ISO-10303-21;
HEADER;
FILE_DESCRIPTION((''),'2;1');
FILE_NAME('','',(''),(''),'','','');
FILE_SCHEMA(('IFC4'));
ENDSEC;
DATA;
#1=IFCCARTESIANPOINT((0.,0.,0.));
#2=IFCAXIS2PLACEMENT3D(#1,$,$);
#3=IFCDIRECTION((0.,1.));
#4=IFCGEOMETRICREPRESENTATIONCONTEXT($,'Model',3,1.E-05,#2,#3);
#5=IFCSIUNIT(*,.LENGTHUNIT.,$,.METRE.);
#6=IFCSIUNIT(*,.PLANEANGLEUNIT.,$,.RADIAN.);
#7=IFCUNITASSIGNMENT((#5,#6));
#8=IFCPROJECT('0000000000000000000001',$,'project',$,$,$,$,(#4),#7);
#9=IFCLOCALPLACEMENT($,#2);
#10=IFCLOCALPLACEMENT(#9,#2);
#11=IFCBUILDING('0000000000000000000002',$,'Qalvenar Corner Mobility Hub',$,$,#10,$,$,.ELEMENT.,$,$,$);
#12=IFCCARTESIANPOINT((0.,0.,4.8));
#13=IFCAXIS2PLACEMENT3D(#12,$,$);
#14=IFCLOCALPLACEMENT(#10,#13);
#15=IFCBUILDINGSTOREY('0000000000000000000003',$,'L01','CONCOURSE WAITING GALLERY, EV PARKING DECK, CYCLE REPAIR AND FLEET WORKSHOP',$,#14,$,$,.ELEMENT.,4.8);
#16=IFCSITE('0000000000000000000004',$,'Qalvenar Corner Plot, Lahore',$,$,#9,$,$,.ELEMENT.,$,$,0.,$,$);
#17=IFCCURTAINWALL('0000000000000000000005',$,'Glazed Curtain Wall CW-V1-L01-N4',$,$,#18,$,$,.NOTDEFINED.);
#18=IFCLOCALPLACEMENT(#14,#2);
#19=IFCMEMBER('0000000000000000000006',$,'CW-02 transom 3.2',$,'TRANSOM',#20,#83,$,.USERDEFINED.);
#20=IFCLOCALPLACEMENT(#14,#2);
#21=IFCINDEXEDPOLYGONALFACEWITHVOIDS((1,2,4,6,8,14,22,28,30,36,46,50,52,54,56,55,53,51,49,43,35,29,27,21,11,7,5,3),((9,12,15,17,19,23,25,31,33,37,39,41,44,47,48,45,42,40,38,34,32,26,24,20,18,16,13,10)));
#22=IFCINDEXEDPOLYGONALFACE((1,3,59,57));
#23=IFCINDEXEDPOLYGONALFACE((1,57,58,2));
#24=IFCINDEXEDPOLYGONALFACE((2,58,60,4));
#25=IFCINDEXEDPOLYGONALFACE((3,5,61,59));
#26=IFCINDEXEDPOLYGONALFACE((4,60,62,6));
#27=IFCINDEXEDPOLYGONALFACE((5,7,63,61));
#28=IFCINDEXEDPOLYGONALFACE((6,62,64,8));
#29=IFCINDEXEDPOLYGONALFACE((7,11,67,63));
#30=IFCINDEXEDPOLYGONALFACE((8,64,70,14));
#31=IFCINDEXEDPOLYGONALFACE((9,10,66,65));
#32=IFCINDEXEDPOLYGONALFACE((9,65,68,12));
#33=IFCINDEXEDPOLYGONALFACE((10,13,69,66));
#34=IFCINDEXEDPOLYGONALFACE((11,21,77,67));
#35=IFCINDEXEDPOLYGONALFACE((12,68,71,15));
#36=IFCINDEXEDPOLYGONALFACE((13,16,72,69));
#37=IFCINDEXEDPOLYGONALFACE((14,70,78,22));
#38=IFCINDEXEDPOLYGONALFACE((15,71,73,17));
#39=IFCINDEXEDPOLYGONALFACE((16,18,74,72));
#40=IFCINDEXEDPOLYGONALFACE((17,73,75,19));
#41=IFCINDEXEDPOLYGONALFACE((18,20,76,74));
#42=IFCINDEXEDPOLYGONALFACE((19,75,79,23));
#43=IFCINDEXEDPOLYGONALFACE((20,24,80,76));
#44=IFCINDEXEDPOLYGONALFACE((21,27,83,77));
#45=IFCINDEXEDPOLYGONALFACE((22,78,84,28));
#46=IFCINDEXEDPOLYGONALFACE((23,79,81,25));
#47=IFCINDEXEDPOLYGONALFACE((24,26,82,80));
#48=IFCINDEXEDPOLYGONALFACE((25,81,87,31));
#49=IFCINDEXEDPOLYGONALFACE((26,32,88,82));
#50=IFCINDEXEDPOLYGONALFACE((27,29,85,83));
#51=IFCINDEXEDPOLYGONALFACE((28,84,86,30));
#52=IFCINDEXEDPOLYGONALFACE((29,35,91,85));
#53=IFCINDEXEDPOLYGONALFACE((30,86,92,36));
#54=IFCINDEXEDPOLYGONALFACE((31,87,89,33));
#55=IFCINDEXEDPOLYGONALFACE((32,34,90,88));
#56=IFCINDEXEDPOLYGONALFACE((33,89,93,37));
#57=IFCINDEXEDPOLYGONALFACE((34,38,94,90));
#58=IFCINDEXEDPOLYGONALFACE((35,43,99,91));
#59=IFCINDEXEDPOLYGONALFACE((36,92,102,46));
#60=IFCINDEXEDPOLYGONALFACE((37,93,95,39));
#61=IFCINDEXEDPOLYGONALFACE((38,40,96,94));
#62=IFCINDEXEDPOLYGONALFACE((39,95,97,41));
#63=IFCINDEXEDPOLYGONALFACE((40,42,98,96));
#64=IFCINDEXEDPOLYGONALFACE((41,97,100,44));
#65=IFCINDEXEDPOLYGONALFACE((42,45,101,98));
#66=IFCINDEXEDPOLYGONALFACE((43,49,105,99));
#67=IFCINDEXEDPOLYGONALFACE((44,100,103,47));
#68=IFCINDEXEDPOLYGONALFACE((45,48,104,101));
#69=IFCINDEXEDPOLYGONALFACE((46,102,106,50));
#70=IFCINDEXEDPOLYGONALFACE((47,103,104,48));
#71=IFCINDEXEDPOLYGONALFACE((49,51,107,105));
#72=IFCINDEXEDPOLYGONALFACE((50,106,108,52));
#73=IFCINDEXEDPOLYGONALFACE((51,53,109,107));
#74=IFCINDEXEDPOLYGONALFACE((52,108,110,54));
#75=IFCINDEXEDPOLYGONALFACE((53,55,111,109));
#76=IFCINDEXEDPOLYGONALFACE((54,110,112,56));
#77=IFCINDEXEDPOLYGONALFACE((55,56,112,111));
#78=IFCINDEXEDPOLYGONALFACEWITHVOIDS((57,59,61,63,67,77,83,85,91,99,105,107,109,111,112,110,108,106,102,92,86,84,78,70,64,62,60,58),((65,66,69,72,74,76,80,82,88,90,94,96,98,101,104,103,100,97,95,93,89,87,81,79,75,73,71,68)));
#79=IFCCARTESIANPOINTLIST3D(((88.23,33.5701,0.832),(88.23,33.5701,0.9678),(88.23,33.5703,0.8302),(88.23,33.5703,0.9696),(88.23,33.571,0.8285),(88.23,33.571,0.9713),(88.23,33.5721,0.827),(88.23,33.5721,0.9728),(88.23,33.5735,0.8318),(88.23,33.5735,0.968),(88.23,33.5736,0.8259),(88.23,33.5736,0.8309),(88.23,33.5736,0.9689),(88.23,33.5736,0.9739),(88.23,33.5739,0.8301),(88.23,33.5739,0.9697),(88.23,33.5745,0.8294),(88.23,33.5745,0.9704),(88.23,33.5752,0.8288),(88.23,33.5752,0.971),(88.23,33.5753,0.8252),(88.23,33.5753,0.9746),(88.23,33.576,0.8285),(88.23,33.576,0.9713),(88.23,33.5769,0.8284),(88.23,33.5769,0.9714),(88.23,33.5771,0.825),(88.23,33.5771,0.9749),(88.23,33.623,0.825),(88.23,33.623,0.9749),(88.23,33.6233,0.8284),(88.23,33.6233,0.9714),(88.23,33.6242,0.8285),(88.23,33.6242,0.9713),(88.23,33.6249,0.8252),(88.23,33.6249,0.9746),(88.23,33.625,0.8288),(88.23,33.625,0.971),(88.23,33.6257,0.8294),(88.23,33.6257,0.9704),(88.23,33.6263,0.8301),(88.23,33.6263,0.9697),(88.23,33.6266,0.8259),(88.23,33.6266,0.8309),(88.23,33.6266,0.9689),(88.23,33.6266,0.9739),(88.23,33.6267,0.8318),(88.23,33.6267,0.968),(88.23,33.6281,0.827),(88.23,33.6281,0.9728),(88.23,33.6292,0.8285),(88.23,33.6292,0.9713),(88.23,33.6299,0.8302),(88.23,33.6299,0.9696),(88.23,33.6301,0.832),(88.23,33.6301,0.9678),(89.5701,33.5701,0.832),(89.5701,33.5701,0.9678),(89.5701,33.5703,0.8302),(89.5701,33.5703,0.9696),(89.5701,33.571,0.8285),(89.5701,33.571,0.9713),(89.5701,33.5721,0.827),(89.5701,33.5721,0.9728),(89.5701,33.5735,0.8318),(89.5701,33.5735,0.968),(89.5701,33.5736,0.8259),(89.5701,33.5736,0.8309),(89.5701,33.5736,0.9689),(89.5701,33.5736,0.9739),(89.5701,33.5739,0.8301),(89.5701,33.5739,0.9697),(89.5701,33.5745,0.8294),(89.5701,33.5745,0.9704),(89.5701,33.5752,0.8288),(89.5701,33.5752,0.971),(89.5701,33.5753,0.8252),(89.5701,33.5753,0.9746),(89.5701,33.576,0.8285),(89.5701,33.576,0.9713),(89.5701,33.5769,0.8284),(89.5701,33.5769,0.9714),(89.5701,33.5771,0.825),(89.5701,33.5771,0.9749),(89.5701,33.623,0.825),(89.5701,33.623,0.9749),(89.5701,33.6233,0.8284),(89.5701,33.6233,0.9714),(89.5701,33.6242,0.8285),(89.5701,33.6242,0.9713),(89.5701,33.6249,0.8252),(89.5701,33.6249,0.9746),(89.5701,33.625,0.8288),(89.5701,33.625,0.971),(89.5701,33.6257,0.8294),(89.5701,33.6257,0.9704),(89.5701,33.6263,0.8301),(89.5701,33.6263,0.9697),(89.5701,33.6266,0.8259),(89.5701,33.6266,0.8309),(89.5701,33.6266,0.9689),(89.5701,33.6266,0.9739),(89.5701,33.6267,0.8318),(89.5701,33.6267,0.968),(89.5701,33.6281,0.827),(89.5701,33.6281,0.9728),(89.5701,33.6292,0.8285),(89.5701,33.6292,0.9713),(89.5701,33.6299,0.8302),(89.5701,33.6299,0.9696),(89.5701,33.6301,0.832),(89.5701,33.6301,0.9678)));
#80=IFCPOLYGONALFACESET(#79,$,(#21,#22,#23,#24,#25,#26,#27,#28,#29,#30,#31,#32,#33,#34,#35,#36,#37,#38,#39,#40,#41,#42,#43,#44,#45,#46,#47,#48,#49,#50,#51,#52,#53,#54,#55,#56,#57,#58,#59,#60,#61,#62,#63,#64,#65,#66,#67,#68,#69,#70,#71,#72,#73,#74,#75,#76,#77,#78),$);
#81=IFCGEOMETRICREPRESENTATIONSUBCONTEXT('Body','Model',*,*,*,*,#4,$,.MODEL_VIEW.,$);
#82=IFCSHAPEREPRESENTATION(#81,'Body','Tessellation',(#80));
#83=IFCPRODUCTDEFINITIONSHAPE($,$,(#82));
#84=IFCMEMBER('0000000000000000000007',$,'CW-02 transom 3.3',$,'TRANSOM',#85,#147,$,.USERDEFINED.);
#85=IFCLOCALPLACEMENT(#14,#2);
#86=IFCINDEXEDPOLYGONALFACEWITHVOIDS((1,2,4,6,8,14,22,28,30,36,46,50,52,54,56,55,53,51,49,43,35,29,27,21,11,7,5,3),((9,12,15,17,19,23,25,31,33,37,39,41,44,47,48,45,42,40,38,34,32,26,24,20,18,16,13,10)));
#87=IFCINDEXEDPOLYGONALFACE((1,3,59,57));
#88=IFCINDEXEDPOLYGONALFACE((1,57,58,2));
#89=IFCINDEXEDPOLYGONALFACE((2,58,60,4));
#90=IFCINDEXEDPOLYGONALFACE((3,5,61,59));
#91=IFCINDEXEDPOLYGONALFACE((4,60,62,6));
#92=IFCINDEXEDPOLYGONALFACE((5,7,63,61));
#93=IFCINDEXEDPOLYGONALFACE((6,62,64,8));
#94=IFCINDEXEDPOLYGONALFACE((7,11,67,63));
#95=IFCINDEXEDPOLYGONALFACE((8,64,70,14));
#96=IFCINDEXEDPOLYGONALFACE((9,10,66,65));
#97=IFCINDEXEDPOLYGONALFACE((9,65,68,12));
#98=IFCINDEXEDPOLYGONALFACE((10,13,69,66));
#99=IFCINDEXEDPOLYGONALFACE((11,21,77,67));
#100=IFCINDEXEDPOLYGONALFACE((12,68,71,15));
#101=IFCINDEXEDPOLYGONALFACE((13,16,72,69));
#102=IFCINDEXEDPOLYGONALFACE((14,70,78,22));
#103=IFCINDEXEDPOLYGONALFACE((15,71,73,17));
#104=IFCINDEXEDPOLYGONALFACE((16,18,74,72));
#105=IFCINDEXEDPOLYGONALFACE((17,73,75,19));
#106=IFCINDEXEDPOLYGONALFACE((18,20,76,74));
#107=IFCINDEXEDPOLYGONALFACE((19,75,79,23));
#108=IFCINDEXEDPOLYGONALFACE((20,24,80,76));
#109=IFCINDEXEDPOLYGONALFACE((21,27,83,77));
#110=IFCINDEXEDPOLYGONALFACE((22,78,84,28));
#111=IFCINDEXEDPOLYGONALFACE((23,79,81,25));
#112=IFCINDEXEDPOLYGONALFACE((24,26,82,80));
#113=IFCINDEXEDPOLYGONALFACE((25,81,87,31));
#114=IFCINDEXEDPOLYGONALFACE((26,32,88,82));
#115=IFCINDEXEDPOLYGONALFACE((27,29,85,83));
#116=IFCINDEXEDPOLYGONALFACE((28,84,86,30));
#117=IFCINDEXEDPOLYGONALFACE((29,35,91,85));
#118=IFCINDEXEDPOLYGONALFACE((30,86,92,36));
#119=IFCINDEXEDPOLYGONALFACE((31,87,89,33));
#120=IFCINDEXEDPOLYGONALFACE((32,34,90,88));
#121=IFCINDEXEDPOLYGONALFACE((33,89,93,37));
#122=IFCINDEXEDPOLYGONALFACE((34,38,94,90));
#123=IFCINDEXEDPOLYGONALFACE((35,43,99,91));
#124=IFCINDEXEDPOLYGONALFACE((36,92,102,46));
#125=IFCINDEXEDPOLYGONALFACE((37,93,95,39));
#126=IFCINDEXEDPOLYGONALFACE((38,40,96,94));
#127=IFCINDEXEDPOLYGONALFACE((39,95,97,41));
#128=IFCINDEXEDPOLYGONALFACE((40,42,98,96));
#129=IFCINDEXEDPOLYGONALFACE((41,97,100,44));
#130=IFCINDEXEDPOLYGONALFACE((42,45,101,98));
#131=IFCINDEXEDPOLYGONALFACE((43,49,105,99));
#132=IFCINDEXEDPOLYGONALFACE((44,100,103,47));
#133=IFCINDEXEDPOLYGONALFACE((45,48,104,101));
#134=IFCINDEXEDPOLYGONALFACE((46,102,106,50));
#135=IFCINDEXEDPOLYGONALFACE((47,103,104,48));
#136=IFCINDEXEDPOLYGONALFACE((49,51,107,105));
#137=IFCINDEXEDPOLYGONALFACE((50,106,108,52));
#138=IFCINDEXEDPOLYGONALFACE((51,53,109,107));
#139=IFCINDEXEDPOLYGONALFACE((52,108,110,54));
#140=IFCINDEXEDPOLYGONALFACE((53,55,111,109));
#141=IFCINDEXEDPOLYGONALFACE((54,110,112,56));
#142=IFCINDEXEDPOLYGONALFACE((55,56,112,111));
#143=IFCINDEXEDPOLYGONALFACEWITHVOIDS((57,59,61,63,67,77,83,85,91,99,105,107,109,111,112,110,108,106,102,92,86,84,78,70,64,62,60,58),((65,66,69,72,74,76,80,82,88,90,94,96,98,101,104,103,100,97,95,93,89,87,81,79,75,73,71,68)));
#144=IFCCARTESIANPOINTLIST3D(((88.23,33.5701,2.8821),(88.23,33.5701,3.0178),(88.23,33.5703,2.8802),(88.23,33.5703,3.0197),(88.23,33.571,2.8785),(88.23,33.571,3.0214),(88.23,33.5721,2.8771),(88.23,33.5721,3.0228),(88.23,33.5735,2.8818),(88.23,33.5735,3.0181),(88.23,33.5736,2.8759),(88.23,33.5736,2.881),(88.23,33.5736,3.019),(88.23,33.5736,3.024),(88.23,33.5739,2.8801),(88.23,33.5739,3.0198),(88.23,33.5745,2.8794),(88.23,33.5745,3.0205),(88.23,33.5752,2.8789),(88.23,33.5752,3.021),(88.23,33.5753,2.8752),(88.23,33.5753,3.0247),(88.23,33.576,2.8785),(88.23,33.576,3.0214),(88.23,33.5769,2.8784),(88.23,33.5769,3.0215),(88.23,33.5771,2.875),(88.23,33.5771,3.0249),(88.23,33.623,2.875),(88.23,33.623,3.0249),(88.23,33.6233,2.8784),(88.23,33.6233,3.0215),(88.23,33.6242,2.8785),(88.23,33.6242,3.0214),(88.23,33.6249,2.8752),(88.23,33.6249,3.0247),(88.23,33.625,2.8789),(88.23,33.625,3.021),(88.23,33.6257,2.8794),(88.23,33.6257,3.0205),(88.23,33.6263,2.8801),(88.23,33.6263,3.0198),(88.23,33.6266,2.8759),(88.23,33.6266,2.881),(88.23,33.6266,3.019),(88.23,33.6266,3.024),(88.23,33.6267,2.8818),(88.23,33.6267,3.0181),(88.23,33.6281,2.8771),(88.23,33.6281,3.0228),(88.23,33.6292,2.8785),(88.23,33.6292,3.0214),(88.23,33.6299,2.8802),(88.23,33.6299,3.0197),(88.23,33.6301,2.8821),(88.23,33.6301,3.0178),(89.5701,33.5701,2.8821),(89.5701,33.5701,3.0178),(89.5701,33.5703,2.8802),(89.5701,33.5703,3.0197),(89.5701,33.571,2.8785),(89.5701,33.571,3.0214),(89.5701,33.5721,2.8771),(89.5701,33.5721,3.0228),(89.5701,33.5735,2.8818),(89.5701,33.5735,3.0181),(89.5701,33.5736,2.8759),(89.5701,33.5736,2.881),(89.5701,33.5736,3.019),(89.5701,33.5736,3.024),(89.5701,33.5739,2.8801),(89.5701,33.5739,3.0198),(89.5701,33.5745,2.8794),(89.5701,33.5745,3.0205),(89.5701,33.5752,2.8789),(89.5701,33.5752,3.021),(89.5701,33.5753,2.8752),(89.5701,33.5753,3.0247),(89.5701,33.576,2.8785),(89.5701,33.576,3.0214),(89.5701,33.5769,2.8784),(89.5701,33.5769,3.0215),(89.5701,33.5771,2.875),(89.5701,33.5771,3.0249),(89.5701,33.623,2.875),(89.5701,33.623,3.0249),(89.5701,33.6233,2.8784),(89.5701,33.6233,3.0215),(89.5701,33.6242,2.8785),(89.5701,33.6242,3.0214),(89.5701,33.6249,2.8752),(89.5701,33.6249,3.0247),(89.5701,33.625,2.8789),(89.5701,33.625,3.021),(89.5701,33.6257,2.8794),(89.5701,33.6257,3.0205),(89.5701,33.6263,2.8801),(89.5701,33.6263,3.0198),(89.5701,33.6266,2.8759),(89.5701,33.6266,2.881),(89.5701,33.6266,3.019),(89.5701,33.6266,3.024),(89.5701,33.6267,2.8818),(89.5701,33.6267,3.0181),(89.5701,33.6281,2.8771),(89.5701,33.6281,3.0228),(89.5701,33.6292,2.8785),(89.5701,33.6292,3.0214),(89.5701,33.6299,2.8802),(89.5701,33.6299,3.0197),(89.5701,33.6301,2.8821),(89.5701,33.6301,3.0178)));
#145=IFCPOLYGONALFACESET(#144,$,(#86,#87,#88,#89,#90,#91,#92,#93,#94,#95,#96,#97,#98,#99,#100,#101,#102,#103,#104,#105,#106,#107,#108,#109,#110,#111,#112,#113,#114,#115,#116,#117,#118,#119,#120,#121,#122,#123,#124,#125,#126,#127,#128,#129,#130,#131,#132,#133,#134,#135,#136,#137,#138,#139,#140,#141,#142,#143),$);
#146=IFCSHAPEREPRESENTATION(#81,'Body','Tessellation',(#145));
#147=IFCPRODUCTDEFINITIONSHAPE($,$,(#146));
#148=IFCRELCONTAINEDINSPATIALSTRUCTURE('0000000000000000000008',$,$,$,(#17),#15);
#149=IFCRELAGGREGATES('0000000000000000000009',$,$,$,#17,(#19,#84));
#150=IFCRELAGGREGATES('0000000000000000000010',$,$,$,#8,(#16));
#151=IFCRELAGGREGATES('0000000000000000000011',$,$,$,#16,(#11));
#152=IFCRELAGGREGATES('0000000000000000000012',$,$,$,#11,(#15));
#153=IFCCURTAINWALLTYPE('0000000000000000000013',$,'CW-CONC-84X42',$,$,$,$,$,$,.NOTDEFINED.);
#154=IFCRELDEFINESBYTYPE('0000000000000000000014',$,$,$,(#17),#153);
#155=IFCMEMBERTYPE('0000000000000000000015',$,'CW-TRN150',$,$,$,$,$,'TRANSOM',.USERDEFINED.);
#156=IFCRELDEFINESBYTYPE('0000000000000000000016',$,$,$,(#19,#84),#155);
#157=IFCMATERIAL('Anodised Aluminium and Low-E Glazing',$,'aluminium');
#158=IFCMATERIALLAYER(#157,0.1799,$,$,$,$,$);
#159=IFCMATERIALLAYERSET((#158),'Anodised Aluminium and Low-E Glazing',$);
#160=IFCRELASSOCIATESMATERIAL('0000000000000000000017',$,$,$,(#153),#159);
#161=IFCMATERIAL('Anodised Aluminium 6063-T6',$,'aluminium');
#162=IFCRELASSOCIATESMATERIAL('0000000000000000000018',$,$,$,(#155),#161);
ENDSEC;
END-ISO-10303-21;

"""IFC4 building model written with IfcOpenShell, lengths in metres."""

from ifc_helpers import new_model, si_unit, direction, frame, origin, origin_2d, place, context, subcontext, project, spatial, hollow_rectangle, extrude, material, layer, layer_set, material_profile, profile_set, type_object, element, aggregate, save


model = new_model("IFC4")

# Units and contexts
model_context = context("Model", 3, precision=1e-05, world=origin(), true_north=direction((0.0, 1.0)))
body_context = subcontext(model_context, "Body", "Model", "MODEL_VIEW")
ifc_project = project(units=[si_unit("LENGTHUNIT", "METRE"), si_unit("PLANEANGLEUNIT", "RADIAN")], contexts=[model_context])

# Site, building, storey
site_placement = place(None, origin())
site = spatial("IfcSite", under=ifc_project, at=site_placement, Name="Qalvenar Corner Plot, Lahore", CompositionType="ELEMENT", RefElevation=0.0)
building_placement = place(site_placement, origin())
building = spatial("IfcBuilding", under=site, at=building_placement, Name="Qalvenar Corner Mobility Hub", CompositionType="ELEMENT")
storey_placement = place(building_placement, frame((0.0, 0.0, 4.8)))
storey = spatial("IfcBuildingStorey", under=building, at=storey_placement, Name="L01", Description="CONCOURSE WAITING GALLERY, EV PARKING DECK, CYCLE REPAIR AND FLEET WORKSHOP", CompositionType="ELEMENT", Elevation=4.8)

# Curtain wall, members
ifc_material_1 = material(Name="Anodised Aluminium and Low-E Glazing", Category="aluminium")
ifc_layer_1 = layer(ifc_material_1, 0.1799)
ifc_layer_set_1 = layer_set([ifc_layer_1], Name="Anodised Aluminium and Low-E Glazing")
curtain_wall_type = type_object("IfcCurtainWallType", Name="CW-CONC-84X42", PredefinedType="NOTDEFINED", material=ifc_layer_set_1)
curtain_wall_placement = place(storey_placement, origin())
curtain_wall = element("IfcCurtainWall", 1, at=curtain_wall_placement, inside=storey, type_object=curtain_wall_type, Name="Glazed Curtain Wall CW-V1-L01-N4", PredefinedType="NOTDEFINED")
ifc_material_2 = material(Name="Anodised Aluminium 6063-T6", Category="aluminium")
ifc_material_profile_1 = material_profile(ifc_material_2, hollow_rectangle(XDim=0.0601, YDim=0.1499, WallThickness=0.0034, InnerFilletRadius=0.0034, OuterFilletRadius=0.0071, at=origin_2d()), Name="RHS150x60x3.5")
ifc_profile_set_1 = profile_set([ifc_material_profile_1], Name="Anodised Aluminium 6063-T6")
member_type_1 = type_object("IfcMemberType", Name="CW-TRN150", ElementType="TRANSOM", PredefinedType="USERDEFINED", material=ifc_profile_set_1)
member_1_placement = place(storey_placement, frame((89.5701, 33.6001, 0.8999), z_axis=(-1.0, 0.0, 0.0), x_axis=(0.0, -1.0, 0.0)))
member_1 = element("IfcMember", 2, at=member_1_placement, type_object=member_type_1, Name="CW-02 transom 3.2", ObjectType="TRANSOM", PredefinedType="USERDEFINED", context=body_context, shape_type="SweptSolid", body=[
    extrude(hollow_rectangle(XDim=0.0601, YDim=0.1499, WallThickness=0.0034, InnerFilletRadius=0.0034, OuterFilletRadius=0.0071, at=origin_2d()), origin(), (0.0, 0.0, 1.0), 1.3401),
])
member_2_placement = place(storey_placement, frame((89.5701, 33.6001, 2.95), z_axis=(-1.0, 0.0, 0.0), x_axis=(0.0, -1.0, 0.0)))
member_2 = element("IfcMember", 3, at=member_2_placement, type_object=member_type_1, Name="CW-02 transom 3.3", ObjectType="TRANSOM", PredefinedType="USERDEFINED", context=body_context, shape_type="SweptSolid", body=[
    extrude(hollow_rectangle(XDim=0.0601, YDim=0.1499, WallThickness=0.0034, InnerFilletRadius=0.0034, OuterFilletRadius=0.0071, at=origin_2d()), origin(), (0.0, 0.0, 1.0), 1.3401),
])
aggregate(curtain_wall, [member_1, member_2])

save(model, "model.ifc")
